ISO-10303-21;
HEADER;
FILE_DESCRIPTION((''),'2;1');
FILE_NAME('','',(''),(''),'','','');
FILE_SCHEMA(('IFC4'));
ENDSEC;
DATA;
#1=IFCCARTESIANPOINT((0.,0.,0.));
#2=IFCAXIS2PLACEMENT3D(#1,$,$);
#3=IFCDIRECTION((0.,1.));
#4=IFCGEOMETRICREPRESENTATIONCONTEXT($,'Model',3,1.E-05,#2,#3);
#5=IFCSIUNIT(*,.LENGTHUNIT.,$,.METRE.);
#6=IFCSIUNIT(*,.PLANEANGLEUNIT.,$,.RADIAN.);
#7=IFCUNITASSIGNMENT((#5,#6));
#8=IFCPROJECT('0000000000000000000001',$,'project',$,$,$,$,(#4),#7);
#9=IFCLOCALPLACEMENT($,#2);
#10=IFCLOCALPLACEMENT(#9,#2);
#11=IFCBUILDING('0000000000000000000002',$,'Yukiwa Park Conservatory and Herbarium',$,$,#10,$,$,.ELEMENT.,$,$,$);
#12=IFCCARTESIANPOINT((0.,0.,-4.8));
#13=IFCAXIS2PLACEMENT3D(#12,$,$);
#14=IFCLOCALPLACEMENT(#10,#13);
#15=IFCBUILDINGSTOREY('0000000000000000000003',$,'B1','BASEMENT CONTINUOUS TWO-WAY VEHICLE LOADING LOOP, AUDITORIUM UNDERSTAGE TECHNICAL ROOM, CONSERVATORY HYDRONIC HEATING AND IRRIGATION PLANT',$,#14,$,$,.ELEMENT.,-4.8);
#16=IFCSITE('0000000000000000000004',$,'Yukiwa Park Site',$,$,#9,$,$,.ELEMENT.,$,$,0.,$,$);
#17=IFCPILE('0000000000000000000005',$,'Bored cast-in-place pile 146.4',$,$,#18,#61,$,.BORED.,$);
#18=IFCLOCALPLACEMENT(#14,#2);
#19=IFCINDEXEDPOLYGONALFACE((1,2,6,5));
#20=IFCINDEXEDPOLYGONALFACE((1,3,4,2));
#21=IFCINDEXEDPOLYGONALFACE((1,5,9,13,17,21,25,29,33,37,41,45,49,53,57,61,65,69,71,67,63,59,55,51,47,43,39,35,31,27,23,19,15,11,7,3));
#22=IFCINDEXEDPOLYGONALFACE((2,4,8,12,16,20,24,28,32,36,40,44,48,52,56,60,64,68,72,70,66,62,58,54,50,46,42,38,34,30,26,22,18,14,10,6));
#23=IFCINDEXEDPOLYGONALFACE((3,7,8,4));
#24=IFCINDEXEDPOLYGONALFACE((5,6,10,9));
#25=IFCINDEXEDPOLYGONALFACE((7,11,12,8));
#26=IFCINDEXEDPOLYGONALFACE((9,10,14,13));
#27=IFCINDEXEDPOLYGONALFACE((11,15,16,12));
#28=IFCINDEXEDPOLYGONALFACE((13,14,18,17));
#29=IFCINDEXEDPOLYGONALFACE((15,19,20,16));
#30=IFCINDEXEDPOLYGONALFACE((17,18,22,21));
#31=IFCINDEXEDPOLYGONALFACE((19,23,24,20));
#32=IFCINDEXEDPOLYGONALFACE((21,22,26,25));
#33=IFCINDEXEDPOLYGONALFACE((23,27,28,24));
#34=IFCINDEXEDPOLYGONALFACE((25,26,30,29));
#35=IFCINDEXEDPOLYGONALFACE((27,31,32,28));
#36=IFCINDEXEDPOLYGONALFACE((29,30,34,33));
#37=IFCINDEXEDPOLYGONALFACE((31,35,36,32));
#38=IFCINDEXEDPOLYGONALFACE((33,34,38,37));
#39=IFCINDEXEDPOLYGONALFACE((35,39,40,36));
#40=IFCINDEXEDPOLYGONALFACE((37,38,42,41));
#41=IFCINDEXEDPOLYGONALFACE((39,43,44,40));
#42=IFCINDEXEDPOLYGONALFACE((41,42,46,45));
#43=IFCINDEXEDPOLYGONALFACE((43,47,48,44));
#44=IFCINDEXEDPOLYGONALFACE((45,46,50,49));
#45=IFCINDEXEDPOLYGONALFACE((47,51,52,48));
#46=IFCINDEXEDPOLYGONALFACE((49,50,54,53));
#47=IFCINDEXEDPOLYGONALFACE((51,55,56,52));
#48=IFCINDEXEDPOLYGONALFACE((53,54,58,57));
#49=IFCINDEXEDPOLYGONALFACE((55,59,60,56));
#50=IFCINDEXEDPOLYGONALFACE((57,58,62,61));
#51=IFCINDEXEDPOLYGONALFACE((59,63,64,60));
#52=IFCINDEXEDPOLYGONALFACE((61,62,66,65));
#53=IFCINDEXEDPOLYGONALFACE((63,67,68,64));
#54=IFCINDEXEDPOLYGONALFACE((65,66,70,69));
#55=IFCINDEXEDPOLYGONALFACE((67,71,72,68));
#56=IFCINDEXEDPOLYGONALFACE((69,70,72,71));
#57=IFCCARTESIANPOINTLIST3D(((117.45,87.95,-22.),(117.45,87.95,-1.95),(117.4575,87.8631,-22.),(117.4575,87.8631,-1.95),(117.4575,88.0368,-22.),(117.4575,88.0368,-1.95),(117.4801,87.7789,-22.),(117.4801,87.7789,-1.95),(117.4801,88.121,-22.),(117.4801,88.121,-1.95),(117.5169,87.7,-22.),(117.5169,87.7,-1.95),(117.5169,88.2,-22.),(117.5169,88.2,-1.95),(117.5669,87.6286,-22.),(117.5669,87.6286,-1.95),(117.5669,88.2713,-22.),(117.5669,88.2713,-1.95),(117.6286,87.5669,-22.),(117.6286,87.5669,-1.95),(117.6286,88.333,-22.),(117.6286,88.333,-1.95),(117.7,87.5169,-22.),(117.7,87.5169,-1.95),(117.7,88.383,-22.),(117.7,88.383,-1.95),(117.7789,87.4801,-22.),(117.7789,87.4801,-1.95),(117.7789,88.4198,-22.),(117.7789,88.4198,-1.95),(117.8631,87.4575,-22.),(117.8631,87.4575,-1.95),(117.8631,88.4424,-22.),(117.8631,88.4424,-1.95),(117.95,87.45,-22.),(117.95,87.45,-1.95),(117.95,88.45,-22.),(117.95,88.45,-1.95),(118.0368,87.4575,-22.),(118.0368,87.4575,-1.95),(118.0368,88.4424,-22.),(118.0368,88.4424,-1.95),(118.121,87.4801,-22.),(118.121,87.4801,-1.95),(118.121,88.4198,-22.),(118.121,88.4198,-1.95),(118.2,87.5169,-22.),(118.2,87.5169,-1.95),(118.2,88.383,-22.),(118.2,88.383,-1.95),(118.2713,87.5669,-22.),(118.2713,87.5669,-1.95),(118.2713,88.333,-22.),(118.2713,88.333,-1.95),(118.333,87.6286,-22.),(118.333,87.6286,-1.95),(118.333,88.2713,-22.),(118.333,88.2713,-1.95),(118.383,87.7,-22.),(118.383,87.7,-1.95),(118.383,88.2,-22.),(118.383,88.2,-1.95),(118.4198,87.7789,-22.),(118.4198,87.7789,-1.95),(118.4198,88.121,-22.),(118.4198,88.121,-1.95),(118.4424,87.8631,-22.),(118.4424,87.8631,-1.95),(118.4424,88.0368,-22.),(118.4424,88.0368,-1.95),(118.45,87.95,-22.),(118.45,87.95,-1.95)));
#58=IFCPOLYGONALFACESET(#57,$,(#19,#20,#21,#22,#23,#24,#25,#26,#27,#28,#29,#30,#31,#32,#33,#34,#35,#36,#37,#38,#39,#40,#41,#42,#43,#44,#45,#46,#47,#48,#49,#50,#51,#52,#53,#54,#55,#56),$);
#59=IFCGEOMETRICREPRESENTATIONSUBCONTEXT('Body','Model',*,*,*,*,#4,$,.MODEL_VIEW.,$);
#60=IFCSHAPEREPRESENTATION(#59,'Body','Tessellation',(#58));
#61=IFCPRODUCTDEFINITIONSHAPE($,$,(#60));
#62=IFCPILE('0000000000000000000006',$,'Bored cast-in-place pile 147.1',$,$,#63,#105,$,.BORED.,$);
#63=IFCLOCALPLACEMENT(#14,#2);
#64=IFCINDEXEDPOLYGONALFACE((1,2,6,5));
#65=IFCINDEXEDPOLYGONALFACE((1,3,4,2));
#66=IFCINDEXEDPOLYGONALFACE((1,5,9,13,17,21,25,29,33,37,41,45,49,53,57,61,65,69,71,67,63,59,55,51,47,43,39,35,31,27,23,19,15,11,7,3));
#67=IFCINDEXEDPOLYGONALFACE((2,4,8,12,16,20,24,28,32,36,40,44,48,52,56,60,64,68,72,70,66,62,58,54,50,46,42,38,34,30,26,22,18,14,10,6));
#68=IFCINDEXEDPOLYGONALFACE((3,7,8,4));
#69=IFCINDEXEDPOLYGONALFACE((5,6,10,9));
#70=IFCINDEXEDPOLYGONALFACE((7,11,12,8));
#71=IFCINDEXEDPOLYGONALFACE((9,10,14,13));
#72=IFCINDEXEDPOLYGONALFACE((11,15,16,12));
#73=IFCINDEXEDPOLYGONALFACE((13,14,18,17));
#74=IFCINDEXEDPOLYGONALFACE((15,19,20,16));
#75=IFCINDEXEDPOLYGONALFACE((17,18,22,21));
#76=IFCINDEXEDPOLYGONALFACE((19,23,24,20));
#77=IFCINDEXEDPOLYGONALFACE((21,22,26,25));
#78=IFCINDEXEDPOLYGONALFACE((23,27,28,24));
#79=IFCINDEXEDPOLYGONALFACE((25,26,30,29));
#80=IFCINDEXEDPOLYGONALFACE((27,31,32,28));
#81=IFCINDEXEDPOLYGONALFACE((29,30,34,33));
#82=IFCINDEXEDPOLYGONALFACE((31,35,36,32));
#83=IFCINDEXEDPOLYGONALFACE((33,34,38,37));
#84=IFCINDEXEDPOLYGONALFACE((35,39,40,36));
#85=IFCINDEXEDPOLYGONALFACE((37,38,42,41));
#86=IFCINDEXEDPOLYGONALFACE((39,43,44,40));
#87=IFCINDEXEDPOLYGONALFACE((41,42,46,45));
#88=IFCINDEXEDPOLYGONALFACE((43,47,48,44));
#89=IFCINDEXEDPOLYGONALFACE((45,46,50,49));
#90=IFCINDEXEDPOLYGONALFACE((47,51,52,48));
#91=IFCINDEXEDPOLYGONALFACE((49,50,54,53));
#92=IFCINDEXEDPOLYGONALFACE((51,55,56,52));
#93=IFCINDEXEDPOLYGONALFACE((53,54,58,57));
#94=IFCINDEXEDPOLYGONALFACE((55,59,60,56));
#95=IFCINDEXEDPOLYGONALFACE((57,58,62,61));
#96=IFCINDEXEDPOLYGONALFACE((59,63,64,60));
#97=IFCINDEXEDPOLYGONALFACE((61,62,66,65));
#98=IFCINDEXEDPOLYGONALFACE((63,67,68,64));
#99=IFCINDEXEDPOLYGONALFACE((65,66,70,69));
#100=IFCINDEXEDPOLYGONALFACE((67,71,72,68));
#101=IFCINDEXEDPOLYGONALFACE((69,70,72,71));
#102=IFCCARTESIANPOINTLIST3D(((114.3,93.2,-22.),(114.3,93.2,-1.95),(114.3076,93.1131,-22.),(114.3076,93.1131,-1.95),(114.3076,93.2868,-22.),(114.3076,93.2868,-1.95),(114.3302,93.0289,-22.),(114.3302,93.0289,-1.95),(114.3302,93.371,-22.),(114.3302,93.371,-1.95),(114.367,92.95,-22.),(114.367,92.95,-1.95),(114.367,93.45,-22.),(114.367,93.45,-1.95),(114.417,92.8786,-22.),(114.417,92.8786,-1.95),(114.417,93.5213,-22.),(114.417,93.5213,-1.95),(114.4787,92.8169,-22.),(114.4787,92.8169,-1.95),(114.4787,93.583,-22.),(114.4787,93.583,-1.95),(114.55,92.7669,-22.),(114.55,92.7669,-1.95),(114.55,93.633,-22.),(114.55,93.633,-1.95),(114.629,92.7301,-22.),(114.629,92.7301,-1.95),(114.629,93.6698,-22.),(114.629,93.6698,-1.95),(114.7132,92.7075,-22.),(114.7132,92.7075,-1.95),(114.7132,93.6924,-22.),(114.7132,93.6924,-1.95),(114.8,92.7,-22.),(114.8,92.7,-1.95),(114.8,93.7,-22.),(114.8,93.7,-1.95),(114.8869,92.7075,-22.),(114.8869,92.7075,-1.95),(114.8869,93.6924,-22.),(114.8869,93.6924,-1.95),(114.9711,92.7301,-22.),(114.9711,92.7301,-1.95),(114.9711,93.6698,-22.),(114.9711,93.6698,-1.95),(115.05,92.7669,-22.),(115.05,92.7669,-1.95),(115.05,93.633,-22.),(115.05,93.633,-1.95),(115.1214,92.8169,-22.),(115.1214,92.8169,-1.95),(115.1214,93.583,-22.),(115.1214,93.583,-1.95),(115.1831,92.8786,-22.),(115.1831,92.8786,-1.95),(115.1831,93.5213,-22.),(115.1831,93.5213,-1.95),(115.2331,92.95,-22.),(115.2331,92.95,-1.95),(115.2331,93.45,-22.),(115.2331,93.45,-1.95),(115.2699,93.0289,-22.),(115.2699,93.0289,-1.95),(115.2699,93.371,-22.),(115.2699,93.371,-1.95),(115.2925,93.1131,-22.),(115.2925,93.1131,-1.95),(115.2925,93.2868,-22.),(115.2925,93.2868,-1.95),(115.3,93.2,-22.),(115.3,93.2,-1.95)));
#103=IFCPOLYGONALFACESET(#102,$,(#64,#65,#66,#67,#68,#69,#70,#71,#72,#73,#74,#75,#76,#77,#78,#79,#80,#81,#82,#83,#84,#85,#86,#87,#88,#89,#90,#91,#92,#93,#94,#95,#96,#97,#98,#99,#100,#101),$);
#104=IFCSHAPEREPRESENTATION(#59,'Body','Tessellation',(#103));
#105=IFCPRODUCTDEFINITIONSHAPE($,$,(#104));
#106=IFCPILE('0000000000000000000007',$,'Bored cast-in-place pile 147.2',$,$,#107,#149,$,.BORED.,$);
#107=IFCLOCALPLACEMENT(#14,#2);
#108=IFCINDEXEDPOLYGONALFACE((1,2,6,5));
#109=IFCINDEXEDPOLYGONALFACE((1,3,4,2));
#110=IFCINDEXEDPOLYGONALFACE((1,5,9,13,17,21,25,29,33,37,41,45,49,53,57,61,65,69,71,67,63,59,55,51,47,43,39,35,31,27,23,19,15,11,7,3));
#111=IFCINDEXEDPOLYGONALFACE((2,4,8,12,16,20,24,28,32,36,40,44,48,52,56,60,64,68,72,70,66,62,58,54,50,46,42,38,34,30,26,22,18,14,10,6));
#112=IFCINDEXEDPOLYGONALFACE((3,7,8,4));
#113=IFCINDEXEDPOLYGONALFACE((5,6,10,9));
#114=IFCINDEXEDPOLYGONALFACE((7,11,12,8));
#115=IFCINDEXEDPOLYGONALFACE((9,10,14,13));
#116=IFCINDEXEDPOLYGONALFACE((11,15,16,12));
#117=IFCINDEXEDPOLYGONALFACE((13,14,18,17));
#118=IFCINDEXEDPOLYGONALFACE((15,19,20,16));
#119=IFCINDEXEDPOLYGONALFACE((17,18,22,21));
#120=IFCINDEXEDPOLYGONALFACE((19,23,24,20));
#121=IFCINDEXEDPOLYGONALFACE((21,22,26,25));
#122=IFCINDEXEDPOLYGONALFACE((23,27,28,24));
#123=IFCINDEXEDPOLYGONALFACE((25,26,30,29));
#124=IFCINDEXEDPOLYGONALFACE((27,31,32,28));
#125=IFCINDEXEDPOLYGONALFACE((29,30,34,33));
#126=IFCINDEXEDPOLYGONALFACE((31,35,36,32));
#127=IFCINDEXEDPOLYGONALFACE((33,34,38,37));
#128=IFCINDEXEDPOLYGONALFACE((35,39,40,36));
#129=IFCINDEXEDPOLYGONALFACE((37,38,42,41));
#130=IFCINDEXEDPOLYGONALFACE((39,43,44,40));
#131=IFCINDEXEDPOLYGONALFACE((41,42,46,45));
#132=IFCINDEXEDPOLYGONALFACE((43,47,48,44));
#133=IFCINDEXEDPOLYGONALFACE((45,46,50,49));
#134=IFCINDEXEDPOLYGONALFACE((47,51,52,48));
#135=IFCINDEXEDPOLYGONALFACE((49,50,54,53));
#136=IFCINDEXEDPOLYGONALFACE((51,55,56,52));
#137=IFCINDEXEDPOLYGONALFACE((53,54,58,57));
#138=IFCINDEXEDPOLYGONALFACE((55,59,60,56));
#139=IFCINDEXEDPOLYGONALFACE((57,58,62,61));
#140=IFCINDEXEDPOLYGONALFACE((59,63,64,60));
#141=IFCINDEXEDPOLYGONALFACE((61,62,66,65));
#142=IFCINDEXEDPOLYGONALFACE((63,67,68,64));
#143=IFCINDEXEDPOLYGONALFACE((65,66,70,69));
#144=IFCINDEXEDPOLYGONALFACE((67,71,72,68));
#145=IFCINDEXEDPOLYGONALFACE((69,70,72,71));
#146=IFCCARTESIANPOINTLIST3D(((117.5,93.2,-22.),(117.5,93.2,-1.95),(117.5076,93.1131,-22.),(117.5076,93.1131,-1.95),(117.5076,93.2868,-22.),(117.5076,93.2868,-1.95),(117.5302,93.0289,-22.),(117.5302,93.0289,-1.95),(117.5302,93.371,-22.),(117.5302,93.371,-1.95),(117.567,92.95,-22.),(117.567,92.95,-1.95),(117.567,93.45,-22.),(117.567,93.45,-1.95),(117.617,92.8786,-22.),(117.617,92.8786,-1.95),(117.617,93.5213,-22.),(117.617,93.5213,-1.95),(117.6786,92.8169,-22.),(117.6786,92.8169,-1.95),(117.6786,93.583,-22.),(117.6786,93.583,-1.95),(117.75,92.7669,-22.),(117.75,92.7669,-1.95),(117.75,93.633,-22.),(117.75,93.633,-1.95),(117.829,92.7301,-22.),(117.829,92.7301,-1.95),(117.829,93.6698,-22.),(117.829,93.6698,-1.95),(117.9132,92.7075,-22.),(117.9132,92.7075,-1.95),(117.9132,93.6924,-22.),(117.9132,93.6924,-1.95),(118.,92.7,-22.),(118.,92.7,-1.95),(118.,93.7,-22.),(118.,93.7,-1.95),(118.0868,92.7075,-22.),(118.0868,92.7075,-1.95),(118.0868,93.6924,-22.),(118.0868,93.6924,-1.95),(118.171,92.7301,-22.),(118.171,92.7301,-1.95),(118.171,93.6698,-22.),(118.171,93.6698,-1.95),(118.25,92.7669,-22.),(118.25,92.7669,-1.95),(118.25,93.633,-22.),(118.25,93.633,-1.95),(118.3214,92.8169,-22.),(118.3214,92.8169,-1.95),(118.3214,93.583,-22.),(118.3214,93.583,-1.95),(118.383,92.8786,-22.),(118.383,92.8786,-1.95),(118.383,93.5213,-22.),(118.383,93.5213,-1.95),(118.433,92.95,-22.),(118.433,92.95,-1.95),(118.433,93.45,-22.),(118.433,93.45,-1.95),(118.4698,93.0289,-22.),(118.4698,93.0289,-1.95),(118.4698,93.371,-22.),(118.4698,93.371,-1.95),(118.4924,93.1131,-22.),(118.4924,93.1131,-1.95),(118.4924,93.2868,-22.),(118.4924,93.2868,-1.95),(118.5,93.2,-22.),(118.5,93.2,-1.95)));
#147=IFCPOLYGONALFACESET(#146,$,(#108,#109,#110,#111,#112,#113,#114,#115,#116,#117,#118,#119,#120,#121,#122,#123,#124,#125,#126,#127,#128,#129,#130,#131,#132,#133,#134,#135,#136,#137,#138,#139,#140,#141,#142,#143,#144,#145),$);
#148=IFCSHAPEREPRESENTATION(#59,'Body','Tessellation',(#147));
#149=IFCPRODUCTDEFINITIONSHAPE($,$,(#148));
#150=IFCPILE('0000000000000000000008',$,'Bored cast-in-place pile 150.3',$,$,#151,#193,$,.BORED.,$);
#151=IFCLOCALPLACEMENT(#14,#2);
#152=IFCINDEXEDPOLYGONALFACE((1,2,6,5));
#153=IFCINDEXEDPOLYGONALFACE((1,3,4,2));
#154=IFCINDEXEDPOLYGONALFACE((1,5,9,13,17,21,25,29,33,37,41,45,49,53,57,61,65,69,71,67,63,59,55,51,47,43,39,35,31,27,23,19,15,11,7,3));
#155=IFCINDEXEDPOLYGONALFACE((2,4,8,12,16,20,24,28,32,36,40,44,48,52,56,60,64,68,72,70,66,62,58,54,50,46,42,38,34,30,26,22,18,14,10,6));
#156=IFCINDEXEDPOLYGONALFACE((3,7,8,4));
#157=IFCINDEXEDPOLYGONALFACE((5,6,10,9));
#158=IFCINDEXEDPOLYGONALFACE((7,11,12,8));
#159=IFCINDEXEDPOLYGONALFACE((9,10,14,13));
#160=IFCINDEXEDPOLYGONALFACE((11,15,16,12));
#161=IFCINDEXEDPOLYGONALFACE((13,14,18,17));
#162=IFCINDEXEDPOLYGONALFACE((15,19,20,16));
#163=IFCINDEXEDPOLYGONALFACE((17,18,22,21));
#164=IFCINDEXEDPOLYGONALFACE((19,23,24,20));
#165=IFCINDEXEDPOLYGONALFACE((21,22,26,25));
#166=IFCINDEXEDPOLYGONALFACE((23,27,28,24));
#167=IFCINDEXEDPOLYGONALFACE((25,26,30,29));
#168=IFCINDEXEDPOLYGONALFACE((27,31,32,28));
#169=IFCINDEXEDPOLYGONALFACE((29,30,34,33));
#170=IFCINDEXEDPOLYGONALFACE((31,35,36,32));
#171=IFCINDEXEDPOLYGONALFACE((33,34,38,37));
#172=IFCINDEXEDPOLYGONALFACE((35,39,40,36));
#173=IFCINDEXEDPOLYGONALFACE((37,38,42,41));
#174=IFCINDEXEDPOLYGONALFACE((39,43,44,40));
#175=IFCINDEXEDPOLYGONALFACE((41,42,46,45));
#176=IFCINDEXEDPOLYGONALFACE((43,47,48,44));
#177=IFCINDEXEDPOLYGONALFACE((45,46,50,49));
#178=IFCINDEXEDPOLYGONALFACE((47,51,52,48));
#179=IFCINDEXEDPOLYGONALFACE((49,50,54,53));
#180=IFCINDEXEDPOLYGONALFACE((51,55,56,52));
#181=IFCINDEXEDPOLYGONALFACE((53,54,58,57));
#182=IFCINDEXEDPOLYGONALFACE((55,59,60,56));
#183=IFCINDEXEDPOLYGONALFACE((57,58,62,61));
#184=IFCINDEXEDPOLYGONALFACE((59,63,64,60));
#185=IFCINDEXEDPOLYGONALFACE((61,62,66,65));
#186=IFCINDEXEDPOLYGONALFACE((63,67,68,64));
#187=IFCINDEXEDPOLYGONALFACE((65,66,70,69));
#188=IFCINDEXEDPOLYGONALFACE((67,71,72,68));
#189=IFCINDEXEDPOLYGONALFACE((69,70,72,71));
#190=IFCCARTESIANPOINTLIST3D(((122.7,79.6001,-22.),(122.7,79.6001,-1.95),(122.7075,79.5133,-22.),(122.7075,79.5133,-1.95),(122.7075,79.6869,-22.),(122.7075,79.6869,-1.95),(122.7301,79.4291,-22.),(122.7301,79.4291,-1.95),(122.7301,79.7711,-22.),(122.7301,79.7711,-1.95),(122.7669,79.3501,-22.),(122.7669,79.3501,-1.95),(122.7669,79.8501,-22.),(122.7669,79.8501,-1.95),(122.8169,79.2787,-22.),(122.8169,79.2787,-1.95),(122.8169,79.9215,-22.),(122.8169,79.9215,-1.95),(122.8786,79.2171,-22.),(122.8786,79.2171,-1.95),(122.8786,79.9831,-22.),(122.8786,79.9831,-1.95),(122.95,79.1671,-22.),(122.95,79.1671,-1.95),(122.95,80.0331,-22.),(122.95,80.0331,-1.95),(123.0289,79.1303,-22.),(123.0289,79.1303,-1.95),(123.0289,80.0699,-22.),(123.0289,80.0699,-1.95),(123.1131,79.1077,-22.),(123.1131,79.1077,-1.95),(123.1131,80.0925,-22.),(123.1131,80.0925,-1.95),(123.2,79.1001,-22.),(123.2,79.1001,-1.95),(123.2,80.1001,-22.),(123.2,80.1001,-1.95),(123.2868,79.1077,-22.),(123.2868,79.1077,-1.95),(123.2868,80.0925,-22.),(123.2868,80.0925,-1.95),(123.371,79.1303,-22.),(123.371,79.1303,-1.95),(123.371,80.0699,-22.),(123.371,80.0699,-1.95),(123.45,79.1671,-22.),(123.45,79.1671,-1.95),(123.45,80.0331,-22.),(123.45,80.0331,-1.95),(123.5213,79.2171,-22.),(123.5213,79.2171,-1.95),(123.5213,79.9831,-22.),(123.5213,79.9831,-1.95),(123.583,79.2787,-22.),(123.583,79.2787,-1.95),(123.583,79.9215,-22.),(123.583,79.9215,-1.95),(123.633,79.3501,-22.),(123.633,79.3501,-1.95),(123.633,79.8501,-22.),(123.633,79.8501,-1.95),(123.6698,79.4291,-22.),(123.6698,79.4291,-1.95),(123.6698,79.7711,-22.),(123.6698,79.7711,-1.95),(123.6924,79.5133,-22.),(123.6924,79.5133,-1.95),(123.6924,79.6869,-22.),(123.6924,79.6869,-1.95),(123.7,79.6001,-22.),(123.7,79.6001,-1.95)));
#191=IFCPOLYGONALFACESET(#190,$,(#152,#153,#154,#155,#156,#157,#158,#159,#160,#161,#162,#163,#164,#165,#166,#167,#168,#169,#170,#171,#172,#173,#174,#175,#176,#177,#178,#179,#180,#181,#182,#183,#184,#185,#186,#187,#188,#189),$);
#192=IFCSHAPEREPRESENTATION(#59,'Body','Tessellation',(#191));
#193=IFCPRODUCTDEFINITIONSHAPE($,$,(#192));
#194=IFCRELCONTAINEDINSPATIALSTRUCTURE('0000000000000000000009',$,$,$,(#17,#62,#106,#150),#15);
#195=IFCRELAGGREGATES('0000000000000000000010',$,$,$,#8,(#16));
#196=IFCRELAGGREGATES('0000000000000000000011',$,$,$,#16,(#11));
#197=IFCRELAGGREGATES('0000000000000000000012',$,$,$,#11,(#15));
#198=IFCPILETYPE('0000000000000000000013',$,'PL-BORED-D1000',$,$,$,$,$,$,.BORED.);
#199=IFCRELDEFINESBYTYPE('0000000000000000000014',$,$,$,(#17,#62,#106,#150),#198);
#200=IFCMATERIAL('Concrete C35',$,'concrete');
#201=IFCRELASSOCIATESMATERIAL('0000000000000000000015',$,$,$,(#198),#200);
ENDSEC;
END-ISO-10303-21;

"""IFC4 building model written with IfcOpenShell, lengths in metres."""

from ifc_helpers import new_model, si_unit, direction, frame, origin, origin_2d, place, context, subcontext, project, spatial, circle, extrude, material, material_profile, profile_set, type_object, element, save


model = new_model("IFC4")

# Units and contexts
model_context = context("Model", 3, precision=1e-05, world=origin(), true_north=direction((0.0, 1.0)))
body_context = subcontext(model_context, "Body", "Model", "MODEL_VIEW")
ifc_project = project(units=[si_unit("LENGTHUNIT", "METRE"), si_unit("PLANEANGLEUNIT", "RADIAN")], contexts=[model_context])

# Site, building, storey
site_placement = place(None, origin())
site = spatial("IfcSite", under=ifc_project, at=site_placement, Name="Yukiwa Park Site", CompositionType="ELEMENT", RefElevation=0.0)
building_placement = place(site_placement, origin())
building = spatial("IfcBuilding", under=site, at=building_placement, Name="Yukiwa Park Conservatory and Herbarium", CompositionType="ELEMENT")
storey_placement = place(building_placement, frame((0.0, 0.0, -4.8)))
storey = spatial("IfcBuildingStorey", under=building, at=storey_placement, Name="B1", Description="BASEMENT CONTINUOUS TWO-WAY VEHICLE LOADING LOOP, AUDITORIUM UNDERSTAGE TECHNICAL ROOM, CONSERVATORY HYDRONIC HEATING AND IRRIGATION PLANT", CompositionType="ELEMENT", Elevation=-4.8)

# Piles
ifc_material_1 = material(Name="Concrete C35", Category="concrete")
ifc_material_profile_1 = material_profile(ifc_material_1, circle(Radius=0.5, at=origin_2d()), Name="PILE D1000")
ifc_profile_set_1 = profile_set([ifc_material_profile_1], Name="Concrete C35")
pile_type_1 = type_object("IfcPileType", Name="PL-BORED-D1000", PredefinedType="BORED", material=ifc_profile_set_1)
for number, where, z_axis, x_axis, name in (
    (1, (117.95, 87.95, -1.95), (0.0, 0.0, -1.0), (1.0, 0.0, 0.0), "Bored cast-in-place pile 146.4"),
    (2, (114.8, 93.2, -1.95), (0.0, 0.0, -1.0), (1.0, 0.0, 0.0), "Bored cast-in-place pile 147.1"),
    (3, (118.0, 93.2, -1.95), (0.0, 0.0, -1.0), (1.0, 0.0, 0.0), "Bored cast-in-place pile 147.2"),
    (4, (123.2, 79.6001, -1.95), (0.0, 0.0, -1.0), (1.0, 0.0, 0.0), "Bored cast-in-place pile 150.3"),
):
    element("IfcPile", number, at=place(storey_placement, frame(where, z_axis=z_axis, x_axis=x_axis)), inside=storey, type_object=pile_type_1, Name=name, PredefinedType="BORED", context=body_context, shape_type="SweptSolid", body=[
        extrude(circle(Radius=0.5, at=origin_2d()), origin(), (0.0, 0.0, 1.0), 20.05),
    ])

save(model, "model.ifc")
